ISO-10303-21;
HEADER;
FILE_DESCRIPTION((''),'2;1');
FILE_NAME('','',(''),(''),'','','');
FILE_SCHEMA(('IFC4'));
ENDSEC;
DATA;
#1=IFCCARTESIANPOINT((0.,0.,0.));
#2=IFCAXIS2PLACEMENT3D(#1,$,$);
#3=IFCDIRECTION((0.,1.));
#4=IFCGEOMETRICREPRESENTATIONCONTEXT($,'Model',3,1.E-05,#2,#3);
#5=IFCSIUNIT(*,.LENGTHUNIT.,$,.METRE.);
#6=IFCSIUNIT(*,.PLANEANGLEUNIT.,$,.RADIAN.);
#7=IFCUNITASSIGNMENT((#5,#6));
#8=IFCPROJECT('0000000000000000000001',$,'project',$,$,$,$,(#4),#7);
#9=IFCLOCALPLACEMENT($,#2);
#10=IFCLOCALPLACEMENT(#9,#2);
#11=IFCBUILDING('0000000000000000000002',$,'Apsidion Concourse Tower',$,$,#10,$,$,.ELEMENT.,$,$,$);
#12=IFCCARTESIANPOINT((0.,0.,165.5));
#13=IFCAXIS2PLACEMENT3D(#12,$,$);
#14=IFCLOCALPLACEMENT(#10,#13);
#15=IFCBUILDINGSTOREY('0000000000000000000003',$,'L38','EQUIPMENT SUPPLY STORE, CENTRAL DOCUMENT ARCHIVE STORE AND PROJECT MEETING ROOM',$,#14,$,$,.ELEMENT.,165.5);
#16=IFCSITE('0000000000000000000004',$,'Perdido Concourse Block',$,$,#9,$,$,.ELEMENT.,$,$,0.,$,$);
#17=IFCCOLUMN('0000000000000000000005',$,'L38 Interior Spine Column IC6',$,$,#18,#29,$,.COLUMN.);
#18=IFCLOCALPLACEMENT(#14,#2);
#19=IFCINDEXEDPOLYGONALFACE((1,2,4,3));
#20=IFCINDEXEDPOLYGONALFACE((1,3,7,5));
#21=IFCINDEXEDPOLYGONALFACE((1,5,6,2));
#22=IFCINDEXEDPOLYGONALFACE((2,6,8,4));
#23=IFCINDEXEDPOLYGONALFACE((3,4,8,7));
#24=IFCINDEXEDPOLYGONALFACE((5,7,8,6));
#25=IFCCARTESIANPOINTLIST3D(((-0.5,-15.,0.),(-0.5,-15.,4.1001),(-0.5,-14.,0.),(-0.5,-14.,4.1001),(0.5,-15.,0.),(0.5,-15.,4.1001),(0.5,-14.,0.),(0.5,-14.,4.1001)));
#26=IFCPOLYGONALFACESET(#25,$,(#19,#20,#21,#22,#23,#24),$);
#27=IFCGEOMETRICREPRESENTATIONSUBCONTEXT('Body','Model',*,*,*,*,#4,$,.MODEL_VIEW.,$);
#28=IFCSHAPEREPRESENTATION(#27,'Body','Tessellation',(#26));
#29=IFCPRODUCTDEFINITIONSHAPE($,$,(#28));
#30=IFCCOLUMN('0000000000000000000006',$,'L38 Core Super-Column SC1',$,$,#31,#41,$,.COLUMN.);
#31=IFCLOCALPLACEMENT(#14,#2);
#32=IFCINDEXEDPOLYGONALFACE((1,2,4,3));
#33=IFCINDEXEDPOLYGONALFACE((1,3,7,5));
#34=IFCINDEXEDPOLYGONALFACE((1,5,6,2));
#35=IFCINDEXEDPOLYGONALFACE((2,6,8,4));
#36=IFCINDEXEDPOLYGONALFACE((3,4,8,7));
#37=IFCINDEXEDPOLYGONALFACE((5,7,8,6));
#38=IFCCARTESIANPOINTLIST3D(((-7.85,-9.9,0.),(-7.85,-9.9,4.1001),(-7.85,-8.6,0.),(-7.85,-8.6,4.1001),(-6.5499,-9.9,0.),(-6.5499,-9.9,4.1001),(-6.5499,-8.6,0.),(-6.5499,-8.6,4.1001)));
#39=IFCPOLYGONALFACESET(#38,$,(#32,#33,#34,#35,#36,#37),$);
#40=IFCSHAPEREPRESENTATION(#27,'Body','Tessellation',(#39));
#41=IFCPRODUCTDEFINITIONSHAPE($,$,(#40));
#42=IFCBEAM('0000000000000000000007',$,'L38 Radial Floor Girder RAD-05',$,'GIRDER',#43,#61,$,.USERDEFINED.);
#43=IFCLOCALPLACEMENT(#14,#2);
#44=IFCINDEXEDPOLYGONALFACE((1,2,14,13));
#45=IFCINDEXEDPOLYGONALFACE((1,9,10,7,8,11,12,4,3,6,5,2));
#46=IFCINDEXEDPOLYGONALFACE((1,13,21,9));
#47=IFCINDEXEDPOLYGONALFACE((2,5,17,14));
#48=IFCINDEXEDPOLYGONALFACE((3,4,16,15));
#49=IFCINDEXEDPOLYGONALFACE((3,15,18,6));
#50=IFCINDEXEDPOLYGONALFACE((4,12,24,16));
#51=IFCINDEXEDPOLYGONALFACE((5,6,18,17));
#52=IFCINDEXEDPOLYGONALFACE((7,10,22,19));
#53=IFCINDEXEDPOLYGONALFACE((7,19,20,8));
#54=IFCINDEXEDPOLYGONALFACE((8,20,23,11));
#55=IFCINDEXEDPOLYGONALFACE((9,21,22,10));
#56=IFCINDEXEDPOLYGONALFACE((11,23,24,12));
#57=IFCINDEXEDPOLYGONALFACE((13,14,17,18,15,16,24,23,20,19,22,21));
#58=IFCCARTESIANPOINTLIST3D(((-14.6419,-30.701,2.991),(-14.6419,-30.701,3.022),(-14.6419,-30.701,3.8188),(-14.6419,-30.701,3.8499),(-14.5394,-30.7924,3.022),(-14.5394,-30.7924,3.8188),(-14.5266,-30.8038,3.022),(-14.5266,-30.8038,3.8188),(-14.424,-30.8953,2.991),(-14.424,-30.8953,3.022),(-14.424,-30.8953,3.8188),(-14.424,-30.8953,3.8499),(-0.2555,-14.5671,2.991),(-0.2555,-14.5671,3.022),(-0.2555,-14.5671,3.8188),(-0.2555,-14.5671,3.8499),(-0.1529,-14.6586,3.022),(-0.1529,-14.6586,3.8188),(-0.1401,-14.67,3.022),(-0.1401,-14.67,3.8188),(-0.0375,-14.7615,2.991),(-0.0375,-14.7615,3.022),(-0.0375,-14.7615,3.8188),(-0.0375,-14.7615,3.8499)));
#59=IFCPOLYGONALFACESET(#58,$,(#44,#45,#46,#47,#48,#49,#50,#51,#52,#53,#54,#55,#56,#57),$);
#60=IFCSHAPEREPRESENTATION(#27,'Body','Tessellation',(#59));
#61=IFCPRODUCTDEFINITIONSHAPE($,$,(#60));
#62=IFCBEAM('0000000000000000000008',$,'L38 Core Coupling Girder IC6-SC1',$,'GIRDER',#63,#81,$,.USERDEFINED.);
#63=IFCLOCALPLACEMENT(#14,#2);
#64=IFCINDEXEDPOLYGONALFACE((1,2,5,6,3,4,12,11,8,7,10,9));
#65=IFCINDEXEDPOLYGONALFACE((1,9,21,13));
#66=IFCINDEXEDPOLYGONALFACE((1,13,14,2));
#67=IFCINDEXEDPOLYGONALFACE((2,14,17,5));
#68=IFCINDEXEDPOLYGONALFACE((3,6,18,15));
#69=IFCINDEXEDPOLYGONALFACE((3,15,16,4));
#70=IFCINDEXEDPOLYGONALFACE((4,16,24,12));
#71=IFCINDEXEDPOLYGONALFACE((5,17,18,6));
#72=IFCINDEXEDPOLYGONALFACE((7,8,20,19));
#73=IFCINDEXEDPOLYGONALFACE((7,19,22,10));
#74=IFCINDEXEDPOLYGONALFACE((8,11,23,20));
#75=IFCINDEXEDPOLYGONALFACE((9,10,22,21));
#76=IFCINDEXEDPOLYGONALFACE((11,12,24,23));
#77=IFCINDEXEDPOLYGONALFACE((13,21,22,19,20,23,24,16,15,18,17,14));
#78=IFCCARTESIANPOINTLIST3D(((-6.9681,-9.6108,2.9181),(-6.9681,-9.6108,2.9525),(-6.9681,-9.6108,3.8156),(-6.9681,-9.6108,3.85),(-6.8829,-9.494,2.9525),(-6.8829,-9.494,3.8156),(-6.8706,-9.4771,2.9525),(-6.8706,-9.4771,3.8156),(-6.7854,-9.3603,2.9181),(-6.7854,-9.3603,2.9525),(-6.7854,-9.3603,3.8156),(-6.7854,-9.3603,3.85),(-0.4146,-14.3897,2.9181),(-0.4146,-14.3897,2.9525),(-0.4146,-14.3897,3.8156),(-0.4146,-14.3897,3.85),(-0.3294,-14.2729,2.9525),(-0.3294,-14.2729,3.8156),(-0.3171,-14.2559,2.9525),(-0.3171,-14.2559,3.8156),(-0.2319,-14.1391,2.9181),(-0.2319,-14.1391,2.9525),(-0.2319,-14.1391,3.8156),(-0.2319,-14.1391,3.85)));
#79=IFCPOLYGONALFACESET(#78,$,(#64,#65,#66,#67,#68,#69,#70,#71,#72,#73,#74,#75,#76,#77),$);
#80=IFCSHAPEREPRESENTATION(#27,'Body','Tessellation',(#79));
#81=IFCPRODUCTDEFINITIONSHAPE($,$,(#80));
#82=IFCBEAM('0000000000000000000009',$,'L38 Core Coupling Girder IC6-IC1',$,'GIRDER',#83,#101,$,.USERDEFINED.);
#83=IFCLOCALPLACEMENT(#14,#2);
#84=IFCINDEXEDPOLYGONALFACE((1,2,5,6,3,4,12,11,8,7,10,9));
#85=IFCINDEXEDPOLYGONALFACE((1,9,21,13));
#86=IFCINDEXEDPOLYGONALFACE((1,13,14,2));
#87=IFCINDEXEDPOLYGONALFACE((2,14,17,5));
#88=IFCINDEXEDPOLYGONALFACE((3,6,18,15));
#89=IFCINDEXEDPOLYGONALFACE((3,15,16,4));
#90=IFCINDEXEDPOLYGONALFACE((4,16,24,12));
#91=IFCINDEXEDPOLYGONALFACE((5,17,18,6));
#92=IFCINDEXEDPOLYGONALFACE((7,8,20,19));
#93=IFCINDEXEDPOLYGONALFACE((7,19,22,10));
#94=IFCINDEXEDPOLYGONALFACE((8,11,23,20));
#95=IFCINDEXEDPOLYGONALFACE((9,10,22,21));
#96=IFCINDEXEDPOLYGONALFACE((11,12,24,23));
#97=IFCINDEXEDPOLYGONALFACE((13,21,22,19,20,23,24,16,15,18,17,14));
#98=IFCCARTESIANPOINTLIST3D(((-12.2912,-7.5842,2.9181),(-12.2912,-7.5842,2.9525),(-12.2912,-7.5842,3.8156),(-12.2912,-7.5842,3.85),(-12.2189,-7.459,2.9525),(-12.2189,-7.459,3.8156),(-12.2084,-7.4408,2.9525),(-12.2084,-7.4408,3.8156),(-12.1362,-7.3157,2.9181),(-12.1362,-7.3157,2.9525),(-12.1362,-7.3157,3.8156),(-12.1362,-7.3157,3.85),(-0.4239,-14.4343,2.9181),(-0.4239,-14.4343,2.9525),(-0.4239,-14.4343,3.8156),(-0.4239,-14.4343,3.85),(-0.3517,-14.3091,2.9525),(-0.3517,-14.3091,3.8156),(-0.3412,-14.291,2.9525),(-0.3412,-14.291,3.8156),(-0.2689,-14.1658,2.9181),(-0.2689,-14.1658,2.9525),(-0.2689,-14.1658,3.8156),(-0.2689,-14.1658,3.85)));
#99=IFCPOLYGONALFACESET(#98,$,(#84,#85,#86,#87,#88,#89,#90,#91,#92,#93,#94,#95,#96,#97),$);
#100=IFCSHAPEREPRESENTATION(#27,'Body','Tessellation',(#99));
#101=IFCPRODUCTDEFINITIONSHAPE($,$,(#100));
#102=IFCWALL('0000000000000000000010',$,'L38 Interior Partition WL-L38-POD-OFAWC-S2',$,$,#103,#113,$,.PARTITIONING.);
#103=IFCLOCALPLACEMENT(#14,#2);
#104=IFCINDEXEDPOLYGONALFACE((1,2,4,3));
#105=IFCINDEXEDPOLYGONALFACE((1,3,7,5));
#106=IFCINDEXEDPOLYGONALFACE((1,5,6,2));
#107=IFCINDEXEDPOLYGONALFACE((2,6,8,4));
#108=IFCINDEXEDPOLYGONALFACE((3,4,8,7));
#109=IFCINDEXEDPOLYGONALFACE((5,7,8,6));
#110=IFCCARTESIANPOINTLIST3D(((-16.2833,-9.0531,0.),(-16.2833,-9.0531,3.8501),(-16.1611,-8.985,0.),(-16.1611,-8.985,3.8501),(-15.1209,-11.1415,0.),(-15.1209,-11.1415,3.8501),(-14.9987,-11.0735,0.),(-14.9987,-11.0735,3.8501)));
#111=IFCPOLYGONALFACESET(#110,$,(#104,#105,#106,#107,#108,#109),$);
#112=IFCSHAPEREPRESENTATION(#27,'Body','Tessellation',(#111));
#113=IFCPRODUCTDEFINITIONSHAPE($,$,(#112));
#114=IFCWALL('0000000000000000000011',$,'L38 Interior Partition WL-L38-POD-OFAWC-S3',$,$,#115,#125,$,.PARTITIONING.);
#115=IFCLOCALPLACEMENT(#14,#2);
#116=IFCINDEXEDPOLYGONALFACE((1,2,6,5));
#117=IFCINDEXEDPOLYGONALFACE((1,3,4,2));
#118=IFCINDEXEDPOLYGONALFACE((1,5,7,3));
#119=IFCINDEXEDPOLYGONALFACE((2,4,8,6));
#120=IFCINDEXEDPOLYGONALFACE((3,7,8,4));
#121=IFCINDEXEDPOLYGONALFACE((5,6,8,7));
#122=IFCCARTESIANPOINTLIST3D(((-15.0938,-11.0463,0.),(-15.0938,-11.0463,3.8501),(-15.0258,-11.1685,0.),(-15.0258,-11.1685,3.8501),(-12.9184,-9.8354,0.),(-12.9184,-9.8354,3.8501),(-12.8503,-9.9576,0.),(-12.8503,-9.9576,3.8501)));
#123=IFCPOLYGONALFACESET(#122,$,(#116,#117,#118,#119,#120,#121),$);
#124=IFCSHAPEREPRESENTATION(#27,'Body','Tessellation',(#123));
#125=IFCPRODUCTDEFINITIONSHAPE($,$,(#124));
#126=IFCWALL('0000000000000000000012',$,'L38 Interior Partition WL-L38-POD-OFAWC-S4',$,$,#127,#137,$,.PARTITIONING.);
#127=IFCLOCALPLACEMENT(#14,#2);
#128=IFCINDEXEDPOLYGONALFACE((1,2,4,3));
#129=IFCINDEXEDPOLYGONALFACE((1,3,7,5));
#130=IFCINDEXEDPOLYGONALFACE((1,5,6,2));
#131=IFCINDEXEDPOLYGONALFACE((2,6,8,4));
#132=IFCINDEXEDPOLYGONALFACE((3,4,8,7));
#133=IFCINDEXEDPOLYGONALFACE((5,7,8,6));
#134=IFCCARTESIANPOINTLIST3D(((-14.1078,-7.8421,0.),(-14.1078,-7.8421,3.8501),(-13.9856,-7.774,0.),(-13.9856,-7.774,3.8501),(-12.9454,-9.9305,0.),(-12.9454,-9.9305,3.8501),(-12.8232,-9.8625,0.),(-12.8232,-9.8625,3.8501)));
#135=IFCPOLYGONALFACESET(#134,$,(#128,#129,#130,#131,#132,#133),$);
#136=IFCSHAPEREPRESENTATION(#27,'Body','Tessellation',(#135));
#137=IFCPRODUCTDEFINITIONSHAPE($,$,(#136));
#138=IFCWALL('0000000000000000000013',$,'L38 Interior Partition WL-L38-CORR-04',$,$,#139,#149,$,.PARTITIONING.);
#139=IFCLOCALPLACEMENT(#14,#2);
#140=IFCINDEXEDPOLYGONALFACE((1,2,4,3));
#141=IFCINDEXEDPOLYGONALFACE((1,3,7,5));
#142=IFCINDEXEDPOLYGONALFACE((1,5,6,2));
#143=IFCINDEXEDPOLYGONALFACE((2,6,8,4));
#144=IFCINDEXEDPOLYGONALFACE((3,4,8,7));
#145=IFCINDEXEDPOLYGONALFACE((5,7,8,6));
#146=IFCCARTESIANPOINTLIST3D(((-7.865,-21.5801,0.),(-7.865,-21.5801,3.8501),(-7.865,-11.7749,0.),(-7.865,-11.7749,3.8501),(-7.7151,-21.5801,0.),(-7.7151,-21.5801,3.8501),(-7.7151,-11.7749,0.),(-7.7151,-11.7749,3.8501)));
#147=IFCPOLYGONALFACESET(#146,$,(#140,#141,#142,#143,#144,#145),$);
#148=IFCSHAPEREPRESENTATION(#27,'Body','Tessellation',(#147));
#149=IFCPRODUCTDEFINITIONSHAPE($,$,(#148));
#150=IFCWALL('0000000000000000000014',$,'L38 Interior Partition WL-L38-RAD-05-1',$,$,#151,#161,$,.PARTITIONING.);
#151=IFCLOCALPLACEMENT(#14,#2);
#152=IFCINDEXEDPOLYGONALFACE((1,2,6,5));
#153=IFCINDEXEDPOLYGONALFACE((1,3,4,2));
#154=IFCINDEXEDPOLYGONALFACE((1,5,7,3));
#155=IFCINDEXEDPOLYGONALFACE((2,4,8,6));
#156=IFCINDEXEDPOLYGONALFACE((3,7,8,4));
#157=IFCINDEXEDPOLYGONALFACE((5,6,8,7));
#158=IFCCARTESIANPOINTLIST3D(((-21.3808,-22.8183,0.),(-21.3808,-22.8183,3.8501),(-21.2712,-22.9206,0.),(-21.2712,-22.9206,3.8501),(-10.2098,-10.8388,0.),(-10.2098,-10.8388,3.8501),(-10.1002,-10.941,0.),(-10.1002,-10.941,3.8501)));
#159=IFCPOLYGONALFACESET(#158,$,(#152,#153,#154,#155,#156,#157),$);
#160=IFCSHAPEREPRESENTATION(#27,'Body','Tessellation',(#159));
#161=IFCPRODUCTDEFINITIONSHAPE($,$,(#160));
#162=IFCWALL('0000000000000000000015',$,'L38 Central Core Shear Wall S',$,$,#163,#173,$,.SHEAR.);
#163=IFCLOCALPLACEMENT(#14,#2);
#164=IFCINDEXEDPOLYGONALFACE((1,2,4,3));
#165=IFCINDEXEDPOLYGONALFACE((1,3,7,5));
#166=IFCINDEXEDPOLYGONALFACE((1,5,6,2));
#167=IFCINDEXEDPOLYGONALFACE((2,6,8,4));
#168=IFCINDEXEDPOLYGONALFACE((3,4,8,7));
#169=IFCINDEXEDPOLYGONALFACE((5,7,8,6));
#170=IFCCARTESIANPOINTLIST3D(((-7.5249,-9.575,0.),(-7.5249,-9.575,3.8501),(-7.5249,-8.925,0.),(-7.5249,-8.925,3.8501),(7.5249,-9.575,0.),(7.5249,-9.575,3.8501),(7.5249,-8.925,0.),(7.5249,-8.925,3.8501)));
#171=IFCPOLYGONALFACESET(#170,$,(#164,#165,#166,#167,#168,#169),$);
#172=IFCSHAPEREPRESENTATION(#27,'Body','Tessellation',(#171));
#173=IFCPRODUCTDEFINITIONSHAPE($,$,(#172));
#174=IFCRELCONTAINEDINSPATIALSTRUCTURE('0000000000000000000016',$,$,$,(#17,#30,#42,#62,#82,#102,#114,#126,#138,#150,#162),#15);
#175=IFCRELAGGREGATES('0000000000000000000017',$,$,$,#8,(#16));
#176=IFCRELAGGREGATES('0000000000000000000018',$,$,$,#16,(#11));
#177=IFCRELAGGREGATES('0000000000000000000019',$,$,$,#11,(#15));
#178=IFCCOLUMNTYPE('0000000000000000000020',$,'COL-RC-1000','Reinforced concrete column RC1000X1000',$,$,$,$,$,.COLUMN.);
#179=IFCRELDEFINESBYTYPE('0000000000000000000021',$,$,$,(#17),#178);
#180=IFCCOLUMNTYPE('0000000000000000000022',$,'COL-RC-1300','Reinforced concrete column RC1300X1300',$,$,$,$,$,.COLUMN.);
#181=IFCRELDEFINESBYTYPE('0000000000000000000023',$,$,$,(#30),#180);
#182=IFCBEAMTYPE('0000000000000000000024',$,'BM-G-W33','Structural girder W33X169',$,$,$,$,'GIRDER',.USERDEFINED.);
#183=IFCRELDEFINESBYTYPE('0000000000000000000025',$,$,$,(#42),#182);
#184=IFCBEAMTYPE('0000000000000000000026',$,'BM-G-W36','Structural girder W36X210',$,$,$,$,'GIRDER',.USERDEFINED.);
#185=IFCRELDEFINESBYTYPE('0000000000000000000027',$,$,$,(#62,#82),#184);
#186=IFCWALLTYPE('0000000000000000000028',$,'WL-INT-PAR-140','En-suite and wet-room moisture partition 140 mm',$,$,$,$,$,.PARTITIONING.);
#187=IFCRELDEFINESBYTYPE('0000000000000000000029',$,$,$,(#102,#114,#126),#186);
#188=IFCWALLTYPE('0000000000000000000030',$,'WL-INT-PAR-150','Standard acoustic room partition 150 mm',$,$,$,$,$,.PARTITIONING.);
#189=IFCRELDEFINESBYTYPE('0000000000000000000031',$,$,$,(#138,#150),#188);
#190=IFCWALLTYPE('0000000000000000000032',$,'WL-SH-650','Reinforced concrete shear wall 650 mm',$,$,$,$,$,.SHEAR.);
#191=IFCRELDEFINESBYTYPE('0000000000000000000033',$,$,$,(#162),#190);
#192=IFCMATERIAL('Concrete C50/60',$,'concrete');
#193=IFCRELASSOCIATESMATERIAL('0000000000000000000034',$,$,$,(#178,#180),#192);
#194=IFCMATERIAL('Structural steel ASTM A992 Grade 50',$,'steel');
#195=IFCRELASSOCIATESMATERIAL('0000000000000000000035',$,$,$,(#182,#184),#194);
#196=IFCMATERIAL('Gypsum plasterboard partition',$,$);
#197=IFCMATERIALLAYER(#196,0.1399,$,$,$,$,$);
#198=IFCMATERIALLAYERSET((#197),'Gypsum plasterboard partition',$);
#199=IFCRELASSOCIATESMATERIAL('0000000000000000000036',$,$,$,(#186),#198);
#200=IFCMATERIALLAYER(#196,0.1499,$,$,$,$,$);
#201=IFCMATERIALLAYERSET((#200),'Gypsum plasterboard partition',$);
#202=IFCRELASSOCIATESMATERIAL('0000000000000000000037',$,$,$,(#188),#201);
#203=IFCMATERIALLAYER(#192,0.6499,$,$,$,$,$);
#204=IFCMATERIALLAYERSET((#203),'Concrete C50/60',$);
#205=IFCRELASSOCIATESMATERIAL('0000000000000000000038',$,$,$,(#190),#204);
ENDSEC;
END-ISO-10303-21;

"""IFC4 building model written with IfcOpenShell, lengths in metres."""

from ifc_helpers import new_model, si_unit, direction, frame, frame_2d, origin, origin_2d, place, context, subcontext, project, spatial, rectangle, i_section, extrude, material, layer, layer_set, material_profile, profile_set, type_object, element, save


model = new_model("IFC4")

# Units and contexts
model_context = context("Model", 3, precision=1e-05, world=origin(), true_north=direction((0.0, 1.0)))
body_context = subcontext(model_context, "Body", "Model", "MODEL_VIEW")
ifc_project = project(units=[si_unit("LENGTHUNIT", "METRE"), si_unit("PLANEANGLEUNIT", "RADIAN")], contexts=[model_context])

# Site, building, storey
site_placement = place(None, origin())
site = spatial("IfcSite", under=ifc_project, at=site_placement, Name="Perdido Concourse Block", CompositionType="ELEMENT", RefElevation=0.0)
building_placement = place(site_placement, origin())
building = spatial("IfcBuilding", under=site, at=building_placement, Name="Apsidion Concourse Tower", CompositionType="ELEMENT")
storey_placement = place(building_placement, frame((0.0, 0.0, 165.5)))
storey = spatial("IfcBuildingStorey", under=building, at=storey_placement, Name="L38", Description="EQUIPMENT SUPPLY STORE, CENTRAL DOCUMENT ARCHIVE STORE AND PROJECT MEETING ROOM", CompositionType="ELEMENT", Elevation=165.5)

# Columns
ifc_material_1 = material(Name="Concrete C50/60", Category="concrete")
ifc_material_profile_1 = material_profile(ifc_material_1, rectangle(XDim=1.0, YDim=1.0, at=origin_2d()), Name="RC 1000x1000")
ifc_profile_set_1 = profile_set([ifc_material_profile_1], Name="Concrete C50/60")
column_type_1 = type_object("IfcColumnType", Name="COL-RC-1000", Description="Reinforced concrete column RC1000X1000", PredefinedType="COLUMN", material=ifc_profile_set_1)
column_1_placement = place(storey_placement, frame((0.0, -14.5, 0.0), z_axis=(0.0, 0.0, 1.0), x_axis=(1.0, 0.0, 0.0)))
element("IfcColumn", 1, at=column_1_placement, inside=storey, type_object=column_type_1, Name="L38 Interior Spine Column IC6", PredefinedType="COLUMN", context=body_context, shape_type="SweptSolid", body=[
    extrude(rectangle(XDim=1.0, YDim=1.0, at=origin_2d()), origin(), (0.0, 0.0, 1.0), 4.1001),
])
ifc_material_profile_2 = material_profile(ifc_material_1, rectangle(XDim=1.3, YDim=1.3, at=origin_2d()), Name="RC 1300x1300")
ifc_profile_set_2 = profile_set([ifc_material_profile_2], Name="Concrete C50/60")
column_type_2 = type_object("IfcColumnType", Name="COL-RC-1300", Description="Reinforced concrete column RC1300X1300", PredefinedType="COLUMN", material=ifc_profile_set_2)
column_2_placement = place(storey_placement, frame((-7.2, -9.25, 0.0), z_axis=(0.0, 0.0, 1.0), x_axis=(1.0, 0.0, 0.0)))
element("IfcColumn", 2, at=column_2_placement, inside=storey, type_object=column_type_2, Name="L38 Core Super-Column SC1", PredefinedType="COLUMN", context=body_context, shape_type="SweptSolid", body=[
    extrude(rectangle(XDim=1.3, YDim=1.3, at=origin_2d()), origin(), (0.0, 0.0, 1.0), 4.1001),
])

# Beams
ifc_material_2 = material(Name="Structural steel ASTM A992 Grade 50", Category="steel")
ifc_material_profile_3 = material_profile(ifc_material_2, i_section(OverallWidth=0.292, OverallDepth=0.8589, WebThickness=0.0171, FlangeThickness=0.031, at=origin_2d()), Name="W33X169")
ifc_profile_set_3 = profile_set([ifc_material_profile_3], Name="Structural steel ASTM A992 Grade 50")
beam_type_1 = type_object("IfcBeamType", Name="BM-G-W33", Description="Structural girder W33X169", ElementType="GIRDER", PredefinedType="USERDEFINED", material=ifc_profile_set_3)
beam_1_placement = place(storey_placement, frame((-0.1465, -14.6643, 3.4204), z_axis=(-0.665534, -0.746367, 0.0), x_axis=(0.746367, -0.665534, 0.0)))
element("IfcBeam", 3, at=beam_1_placement, inside=storey, type_object=beam_type_1, Name="L38 Radial Floor Girder RAD-05", ObjectType="GIRDER", PredefinedType="USERDEFINED", context=body_context, shape_type="SweptSolid", body=[
    extrude(i_section(OverallWidth=0.292, OverallDepth=0.8589, WebThickness=0.0171, FlangeThickness=0.031, at=origin_2d()), origin(), (0.0, 0.0, 1.0), 21.6165),
])
ifc_material_profile_4 = material_profile(ifc_material_2, i_section(OverallWidth=0.3101, OverallDepth=0.9319, WebThickness=0.021, FlangeThickness=0.0344, at=origin_2d()), Name="W36X210")
ifc_profile_set_4 = profile_set([ifc_material_profile_4], Name="Structural steel ASTM A992 Grade 50")
beam_type_2 = type_object("IfcBeamType", Name="BM-G-W36", Description="Structural girder W36X210", ElementType="GIRDER", PredefinedType="USERDEFINED", material=ifc_profile_set_4)
beam_2_placement = place(storey_placement, frame((-0.3232, -14.2644, 3.384), z_axis=(-0.807993, 0.589191, 0.0), x_axis=(-0.589191, -0.807993, 0.0)))
element("IfcBeam", 4, at=beam_2_placement, inside=storey, type_object=beam_type_2, Name="L38 Core Coupling Girder IC6-SC1", ObjectType="GIRDER", PredefinedType="USERDEFINED", context=body_context, shape_type="SweptSolid", body=[
    extrude(i_section(OverallWidth=0.3101, OverallDepth=0.9319, WebThickness=0.021, FlangeThickness=0.0344, at=origin_2d()), origin(), (0.0, 0.0, 1.0), 8.1108),
])
beam_3_placement = place(storey_placement, frame((-0.3464, -14.3, 3.384), z_axis=(-0.86607, 0.499922, 0.0), x_axis=(-0.499922, -0.86607, 0.0)))
element("IfcBeam", 5, at=beam_3_placement, inside=storey, type_object=beam_type_2, Name="L38 Core Coupling Girder IC6-IC1", ObjectType="GIRDER", PredefinedType="USERDEFINED", context=body_context, shape_type="SweptSolid", body=[
    extrude(i_section(OverallWidth=0.3101, OverallDepth=0.9319, WebThickness=0.021, FlangeThickness=0.0344, at=origin_2d()), origin(), (0.0, 0.0, 1.0), 13.7024),
])

# Walls
ifc_material_3 = material(Name="Gypsum plasterboard partition")
ifc_layer_1 = layer(ifc_material_3, 0.1399)
ifc_layer_set_1 = layer_set([ifc_layer_1], Name="Gypsum plasterboard partition")
wall_type_1 = type_object("IfcWallType", Name="WL-INT-PAR-140", Description="En-suite and wet-room moisture partition 140 mm", PredefinedType="PARTITIONING", material=ifc_layer_set_1)
wall_1_placement = place(storey_placement, frame((-16.2222, -9.019, 0.0), z_axis=(0.0, 0.0, 1.0), x_axis=(0.486328, -0.873776, 0.0)))
element("IfcWall", 6, at=wall_1_placement, inside=storey, type_object=wall_type_1, Name="L38 Interior Partition WL-L38-POD-OFAWC-S2", PredefinedType="PARTITIONING", context=body_context, shape_type="SweptSolid", body=[
    extrude(rectangle(XDim=2.3901, YDim=0.1399, at=frame_2d((1.1951, 0.0))), origin(), (0.0, 0.0, 1.0), 3.8501),
])
wall_2_placement = place(storey_placement, frame((-15.0598, -11.1074, 0.0), z_axis=(0.0, 0.0, 1.0), x_axis=(0.873764, 0.48635, 0.0)))
element("IfcWall", 7, at=wall_2_placement, inside=storey, type_object=wall_type_1, Name="L38 Interior Partition WL-L38-POD-OFAWC-S3", PredefinedType="PARTITIONING", context=body_context, shape_type="SweptSolid", body=[
    extrude(rectangle(XDim=2.4897, YDim=0.1399, at=frame_2d((1.2449, 0.0))), origin(), (0.0, 0.0, 1.0), 3.8501),
])
wall_3_placement = place(storey_placement, frame((-12.8843, -9.8965, 0.0), z_axis=(0.0, 0.0, 1.0), x_axis=(-0.486328, 0.873776, 0.0)))
element("IfcWall", 8, at=wall_3_placement, inside=storey, type_object=wall_type_1, Name="L38 Interior Partition WL-L38-POD-OFAWC-S4", PredefinedType="PARTITIONING", context=body_context, shape_type="SweptSolid", body=[
    extrude(rectangle(XDim=2.3901, YDim=0.1399, at=frame_2d((1.1951, 0.0))), origin(), (0.0, 0.0, 1.0), 3.8501),
])
ifc_layer_2 = layer(ifc_material_3, 0.1499)
ifc_layer_set_2 = layer_set([ifc_layer_2], Name="Gypsum plasterboard partition")
wall_type_2 = type_object("IfcWallType", Name="WL-INT-PAR-150", Description="Standard acoustic room partition 150 mm", PredefinedType="PARTITIONING", material=ifc_layer_set_2)
wall_4_placement = place(storey_placement, frame((-7.79, -11.7749, 0.0), z_axis=(0.0, 0.0, 1.0), x_axis=(0.0, -1.0, 0.0)))
element("IfcWall", 9, at=wall_4_placement, inside=storey, type_object=wall_type_2, Name="L38 Interior Partition WL-L38-CORR-04", PredefinedType="PARTITIONING", context=body_context, shape_type="SweptSolid", body=[
    extrude(rectangle(XDim=9.8052, YDim=0.1499, at=frame_2d((4.9026, 0.0))), origin(), (0.0, 0.0, 1.0), 3.8501),
])
wall_5_placement = place(storey_placement, frame((-10.155, -10.8899, 0.0), z_axis=(0.0, 0.0, 1.0), x_axis=(-0.681993, -0.731359, 0.0)))
element("IfcWall", 10, at=wall_5_placement, inside=storey, type_object=wall_type_2, Name="L38 Interior Partition WL-L38-RAD-05-1", PredefinedType="PARTITIONING", context=body_context, shape_type="SweptSolid", body=[
    extrude(rectangle(XDim=16.3799, YDim=0.1499, at=frame_2d((8.1899, 0.0))), origin(), (0.0, 0.0, 1.0), 3.8501),
])
ifc_layer_3 = layer(ifc_material_1, 0.6499)
ifc_layer_set_3 = layer_set([ifc_layer_3], Name="Concrete C50/60")
wall_type_3 = type_object("IfcWallType", Name="WL-SH-650", Description="Reinforced concrete shear wall 650 mm", PredefinedType="SHEAR", material=ifc_layer_set_3)
wall_6_placement = place(storey_placement, frame((-7.5249, -9.25, 0.0), z_axis=(0.0, 0.0, 1.0), x_axis=(1.0, 0.0, 0.0)))
element("IfcWall", 11, at=wall_6_placement, inside=storey, type_object=wall_type_3, Name="L38 Central Core Shear Wall S", PredefinedType="SHEAR", context=body_context, shape_type="SweptSolid", body=[
    extrude(rectangle(XDim=15.0498, YDim=0.6499, at=frame_2d((7.5249, 0.0))), origin(), (0.0, 0.0, 1.0), 3.8501),
])

save(model, "model.ifc")
